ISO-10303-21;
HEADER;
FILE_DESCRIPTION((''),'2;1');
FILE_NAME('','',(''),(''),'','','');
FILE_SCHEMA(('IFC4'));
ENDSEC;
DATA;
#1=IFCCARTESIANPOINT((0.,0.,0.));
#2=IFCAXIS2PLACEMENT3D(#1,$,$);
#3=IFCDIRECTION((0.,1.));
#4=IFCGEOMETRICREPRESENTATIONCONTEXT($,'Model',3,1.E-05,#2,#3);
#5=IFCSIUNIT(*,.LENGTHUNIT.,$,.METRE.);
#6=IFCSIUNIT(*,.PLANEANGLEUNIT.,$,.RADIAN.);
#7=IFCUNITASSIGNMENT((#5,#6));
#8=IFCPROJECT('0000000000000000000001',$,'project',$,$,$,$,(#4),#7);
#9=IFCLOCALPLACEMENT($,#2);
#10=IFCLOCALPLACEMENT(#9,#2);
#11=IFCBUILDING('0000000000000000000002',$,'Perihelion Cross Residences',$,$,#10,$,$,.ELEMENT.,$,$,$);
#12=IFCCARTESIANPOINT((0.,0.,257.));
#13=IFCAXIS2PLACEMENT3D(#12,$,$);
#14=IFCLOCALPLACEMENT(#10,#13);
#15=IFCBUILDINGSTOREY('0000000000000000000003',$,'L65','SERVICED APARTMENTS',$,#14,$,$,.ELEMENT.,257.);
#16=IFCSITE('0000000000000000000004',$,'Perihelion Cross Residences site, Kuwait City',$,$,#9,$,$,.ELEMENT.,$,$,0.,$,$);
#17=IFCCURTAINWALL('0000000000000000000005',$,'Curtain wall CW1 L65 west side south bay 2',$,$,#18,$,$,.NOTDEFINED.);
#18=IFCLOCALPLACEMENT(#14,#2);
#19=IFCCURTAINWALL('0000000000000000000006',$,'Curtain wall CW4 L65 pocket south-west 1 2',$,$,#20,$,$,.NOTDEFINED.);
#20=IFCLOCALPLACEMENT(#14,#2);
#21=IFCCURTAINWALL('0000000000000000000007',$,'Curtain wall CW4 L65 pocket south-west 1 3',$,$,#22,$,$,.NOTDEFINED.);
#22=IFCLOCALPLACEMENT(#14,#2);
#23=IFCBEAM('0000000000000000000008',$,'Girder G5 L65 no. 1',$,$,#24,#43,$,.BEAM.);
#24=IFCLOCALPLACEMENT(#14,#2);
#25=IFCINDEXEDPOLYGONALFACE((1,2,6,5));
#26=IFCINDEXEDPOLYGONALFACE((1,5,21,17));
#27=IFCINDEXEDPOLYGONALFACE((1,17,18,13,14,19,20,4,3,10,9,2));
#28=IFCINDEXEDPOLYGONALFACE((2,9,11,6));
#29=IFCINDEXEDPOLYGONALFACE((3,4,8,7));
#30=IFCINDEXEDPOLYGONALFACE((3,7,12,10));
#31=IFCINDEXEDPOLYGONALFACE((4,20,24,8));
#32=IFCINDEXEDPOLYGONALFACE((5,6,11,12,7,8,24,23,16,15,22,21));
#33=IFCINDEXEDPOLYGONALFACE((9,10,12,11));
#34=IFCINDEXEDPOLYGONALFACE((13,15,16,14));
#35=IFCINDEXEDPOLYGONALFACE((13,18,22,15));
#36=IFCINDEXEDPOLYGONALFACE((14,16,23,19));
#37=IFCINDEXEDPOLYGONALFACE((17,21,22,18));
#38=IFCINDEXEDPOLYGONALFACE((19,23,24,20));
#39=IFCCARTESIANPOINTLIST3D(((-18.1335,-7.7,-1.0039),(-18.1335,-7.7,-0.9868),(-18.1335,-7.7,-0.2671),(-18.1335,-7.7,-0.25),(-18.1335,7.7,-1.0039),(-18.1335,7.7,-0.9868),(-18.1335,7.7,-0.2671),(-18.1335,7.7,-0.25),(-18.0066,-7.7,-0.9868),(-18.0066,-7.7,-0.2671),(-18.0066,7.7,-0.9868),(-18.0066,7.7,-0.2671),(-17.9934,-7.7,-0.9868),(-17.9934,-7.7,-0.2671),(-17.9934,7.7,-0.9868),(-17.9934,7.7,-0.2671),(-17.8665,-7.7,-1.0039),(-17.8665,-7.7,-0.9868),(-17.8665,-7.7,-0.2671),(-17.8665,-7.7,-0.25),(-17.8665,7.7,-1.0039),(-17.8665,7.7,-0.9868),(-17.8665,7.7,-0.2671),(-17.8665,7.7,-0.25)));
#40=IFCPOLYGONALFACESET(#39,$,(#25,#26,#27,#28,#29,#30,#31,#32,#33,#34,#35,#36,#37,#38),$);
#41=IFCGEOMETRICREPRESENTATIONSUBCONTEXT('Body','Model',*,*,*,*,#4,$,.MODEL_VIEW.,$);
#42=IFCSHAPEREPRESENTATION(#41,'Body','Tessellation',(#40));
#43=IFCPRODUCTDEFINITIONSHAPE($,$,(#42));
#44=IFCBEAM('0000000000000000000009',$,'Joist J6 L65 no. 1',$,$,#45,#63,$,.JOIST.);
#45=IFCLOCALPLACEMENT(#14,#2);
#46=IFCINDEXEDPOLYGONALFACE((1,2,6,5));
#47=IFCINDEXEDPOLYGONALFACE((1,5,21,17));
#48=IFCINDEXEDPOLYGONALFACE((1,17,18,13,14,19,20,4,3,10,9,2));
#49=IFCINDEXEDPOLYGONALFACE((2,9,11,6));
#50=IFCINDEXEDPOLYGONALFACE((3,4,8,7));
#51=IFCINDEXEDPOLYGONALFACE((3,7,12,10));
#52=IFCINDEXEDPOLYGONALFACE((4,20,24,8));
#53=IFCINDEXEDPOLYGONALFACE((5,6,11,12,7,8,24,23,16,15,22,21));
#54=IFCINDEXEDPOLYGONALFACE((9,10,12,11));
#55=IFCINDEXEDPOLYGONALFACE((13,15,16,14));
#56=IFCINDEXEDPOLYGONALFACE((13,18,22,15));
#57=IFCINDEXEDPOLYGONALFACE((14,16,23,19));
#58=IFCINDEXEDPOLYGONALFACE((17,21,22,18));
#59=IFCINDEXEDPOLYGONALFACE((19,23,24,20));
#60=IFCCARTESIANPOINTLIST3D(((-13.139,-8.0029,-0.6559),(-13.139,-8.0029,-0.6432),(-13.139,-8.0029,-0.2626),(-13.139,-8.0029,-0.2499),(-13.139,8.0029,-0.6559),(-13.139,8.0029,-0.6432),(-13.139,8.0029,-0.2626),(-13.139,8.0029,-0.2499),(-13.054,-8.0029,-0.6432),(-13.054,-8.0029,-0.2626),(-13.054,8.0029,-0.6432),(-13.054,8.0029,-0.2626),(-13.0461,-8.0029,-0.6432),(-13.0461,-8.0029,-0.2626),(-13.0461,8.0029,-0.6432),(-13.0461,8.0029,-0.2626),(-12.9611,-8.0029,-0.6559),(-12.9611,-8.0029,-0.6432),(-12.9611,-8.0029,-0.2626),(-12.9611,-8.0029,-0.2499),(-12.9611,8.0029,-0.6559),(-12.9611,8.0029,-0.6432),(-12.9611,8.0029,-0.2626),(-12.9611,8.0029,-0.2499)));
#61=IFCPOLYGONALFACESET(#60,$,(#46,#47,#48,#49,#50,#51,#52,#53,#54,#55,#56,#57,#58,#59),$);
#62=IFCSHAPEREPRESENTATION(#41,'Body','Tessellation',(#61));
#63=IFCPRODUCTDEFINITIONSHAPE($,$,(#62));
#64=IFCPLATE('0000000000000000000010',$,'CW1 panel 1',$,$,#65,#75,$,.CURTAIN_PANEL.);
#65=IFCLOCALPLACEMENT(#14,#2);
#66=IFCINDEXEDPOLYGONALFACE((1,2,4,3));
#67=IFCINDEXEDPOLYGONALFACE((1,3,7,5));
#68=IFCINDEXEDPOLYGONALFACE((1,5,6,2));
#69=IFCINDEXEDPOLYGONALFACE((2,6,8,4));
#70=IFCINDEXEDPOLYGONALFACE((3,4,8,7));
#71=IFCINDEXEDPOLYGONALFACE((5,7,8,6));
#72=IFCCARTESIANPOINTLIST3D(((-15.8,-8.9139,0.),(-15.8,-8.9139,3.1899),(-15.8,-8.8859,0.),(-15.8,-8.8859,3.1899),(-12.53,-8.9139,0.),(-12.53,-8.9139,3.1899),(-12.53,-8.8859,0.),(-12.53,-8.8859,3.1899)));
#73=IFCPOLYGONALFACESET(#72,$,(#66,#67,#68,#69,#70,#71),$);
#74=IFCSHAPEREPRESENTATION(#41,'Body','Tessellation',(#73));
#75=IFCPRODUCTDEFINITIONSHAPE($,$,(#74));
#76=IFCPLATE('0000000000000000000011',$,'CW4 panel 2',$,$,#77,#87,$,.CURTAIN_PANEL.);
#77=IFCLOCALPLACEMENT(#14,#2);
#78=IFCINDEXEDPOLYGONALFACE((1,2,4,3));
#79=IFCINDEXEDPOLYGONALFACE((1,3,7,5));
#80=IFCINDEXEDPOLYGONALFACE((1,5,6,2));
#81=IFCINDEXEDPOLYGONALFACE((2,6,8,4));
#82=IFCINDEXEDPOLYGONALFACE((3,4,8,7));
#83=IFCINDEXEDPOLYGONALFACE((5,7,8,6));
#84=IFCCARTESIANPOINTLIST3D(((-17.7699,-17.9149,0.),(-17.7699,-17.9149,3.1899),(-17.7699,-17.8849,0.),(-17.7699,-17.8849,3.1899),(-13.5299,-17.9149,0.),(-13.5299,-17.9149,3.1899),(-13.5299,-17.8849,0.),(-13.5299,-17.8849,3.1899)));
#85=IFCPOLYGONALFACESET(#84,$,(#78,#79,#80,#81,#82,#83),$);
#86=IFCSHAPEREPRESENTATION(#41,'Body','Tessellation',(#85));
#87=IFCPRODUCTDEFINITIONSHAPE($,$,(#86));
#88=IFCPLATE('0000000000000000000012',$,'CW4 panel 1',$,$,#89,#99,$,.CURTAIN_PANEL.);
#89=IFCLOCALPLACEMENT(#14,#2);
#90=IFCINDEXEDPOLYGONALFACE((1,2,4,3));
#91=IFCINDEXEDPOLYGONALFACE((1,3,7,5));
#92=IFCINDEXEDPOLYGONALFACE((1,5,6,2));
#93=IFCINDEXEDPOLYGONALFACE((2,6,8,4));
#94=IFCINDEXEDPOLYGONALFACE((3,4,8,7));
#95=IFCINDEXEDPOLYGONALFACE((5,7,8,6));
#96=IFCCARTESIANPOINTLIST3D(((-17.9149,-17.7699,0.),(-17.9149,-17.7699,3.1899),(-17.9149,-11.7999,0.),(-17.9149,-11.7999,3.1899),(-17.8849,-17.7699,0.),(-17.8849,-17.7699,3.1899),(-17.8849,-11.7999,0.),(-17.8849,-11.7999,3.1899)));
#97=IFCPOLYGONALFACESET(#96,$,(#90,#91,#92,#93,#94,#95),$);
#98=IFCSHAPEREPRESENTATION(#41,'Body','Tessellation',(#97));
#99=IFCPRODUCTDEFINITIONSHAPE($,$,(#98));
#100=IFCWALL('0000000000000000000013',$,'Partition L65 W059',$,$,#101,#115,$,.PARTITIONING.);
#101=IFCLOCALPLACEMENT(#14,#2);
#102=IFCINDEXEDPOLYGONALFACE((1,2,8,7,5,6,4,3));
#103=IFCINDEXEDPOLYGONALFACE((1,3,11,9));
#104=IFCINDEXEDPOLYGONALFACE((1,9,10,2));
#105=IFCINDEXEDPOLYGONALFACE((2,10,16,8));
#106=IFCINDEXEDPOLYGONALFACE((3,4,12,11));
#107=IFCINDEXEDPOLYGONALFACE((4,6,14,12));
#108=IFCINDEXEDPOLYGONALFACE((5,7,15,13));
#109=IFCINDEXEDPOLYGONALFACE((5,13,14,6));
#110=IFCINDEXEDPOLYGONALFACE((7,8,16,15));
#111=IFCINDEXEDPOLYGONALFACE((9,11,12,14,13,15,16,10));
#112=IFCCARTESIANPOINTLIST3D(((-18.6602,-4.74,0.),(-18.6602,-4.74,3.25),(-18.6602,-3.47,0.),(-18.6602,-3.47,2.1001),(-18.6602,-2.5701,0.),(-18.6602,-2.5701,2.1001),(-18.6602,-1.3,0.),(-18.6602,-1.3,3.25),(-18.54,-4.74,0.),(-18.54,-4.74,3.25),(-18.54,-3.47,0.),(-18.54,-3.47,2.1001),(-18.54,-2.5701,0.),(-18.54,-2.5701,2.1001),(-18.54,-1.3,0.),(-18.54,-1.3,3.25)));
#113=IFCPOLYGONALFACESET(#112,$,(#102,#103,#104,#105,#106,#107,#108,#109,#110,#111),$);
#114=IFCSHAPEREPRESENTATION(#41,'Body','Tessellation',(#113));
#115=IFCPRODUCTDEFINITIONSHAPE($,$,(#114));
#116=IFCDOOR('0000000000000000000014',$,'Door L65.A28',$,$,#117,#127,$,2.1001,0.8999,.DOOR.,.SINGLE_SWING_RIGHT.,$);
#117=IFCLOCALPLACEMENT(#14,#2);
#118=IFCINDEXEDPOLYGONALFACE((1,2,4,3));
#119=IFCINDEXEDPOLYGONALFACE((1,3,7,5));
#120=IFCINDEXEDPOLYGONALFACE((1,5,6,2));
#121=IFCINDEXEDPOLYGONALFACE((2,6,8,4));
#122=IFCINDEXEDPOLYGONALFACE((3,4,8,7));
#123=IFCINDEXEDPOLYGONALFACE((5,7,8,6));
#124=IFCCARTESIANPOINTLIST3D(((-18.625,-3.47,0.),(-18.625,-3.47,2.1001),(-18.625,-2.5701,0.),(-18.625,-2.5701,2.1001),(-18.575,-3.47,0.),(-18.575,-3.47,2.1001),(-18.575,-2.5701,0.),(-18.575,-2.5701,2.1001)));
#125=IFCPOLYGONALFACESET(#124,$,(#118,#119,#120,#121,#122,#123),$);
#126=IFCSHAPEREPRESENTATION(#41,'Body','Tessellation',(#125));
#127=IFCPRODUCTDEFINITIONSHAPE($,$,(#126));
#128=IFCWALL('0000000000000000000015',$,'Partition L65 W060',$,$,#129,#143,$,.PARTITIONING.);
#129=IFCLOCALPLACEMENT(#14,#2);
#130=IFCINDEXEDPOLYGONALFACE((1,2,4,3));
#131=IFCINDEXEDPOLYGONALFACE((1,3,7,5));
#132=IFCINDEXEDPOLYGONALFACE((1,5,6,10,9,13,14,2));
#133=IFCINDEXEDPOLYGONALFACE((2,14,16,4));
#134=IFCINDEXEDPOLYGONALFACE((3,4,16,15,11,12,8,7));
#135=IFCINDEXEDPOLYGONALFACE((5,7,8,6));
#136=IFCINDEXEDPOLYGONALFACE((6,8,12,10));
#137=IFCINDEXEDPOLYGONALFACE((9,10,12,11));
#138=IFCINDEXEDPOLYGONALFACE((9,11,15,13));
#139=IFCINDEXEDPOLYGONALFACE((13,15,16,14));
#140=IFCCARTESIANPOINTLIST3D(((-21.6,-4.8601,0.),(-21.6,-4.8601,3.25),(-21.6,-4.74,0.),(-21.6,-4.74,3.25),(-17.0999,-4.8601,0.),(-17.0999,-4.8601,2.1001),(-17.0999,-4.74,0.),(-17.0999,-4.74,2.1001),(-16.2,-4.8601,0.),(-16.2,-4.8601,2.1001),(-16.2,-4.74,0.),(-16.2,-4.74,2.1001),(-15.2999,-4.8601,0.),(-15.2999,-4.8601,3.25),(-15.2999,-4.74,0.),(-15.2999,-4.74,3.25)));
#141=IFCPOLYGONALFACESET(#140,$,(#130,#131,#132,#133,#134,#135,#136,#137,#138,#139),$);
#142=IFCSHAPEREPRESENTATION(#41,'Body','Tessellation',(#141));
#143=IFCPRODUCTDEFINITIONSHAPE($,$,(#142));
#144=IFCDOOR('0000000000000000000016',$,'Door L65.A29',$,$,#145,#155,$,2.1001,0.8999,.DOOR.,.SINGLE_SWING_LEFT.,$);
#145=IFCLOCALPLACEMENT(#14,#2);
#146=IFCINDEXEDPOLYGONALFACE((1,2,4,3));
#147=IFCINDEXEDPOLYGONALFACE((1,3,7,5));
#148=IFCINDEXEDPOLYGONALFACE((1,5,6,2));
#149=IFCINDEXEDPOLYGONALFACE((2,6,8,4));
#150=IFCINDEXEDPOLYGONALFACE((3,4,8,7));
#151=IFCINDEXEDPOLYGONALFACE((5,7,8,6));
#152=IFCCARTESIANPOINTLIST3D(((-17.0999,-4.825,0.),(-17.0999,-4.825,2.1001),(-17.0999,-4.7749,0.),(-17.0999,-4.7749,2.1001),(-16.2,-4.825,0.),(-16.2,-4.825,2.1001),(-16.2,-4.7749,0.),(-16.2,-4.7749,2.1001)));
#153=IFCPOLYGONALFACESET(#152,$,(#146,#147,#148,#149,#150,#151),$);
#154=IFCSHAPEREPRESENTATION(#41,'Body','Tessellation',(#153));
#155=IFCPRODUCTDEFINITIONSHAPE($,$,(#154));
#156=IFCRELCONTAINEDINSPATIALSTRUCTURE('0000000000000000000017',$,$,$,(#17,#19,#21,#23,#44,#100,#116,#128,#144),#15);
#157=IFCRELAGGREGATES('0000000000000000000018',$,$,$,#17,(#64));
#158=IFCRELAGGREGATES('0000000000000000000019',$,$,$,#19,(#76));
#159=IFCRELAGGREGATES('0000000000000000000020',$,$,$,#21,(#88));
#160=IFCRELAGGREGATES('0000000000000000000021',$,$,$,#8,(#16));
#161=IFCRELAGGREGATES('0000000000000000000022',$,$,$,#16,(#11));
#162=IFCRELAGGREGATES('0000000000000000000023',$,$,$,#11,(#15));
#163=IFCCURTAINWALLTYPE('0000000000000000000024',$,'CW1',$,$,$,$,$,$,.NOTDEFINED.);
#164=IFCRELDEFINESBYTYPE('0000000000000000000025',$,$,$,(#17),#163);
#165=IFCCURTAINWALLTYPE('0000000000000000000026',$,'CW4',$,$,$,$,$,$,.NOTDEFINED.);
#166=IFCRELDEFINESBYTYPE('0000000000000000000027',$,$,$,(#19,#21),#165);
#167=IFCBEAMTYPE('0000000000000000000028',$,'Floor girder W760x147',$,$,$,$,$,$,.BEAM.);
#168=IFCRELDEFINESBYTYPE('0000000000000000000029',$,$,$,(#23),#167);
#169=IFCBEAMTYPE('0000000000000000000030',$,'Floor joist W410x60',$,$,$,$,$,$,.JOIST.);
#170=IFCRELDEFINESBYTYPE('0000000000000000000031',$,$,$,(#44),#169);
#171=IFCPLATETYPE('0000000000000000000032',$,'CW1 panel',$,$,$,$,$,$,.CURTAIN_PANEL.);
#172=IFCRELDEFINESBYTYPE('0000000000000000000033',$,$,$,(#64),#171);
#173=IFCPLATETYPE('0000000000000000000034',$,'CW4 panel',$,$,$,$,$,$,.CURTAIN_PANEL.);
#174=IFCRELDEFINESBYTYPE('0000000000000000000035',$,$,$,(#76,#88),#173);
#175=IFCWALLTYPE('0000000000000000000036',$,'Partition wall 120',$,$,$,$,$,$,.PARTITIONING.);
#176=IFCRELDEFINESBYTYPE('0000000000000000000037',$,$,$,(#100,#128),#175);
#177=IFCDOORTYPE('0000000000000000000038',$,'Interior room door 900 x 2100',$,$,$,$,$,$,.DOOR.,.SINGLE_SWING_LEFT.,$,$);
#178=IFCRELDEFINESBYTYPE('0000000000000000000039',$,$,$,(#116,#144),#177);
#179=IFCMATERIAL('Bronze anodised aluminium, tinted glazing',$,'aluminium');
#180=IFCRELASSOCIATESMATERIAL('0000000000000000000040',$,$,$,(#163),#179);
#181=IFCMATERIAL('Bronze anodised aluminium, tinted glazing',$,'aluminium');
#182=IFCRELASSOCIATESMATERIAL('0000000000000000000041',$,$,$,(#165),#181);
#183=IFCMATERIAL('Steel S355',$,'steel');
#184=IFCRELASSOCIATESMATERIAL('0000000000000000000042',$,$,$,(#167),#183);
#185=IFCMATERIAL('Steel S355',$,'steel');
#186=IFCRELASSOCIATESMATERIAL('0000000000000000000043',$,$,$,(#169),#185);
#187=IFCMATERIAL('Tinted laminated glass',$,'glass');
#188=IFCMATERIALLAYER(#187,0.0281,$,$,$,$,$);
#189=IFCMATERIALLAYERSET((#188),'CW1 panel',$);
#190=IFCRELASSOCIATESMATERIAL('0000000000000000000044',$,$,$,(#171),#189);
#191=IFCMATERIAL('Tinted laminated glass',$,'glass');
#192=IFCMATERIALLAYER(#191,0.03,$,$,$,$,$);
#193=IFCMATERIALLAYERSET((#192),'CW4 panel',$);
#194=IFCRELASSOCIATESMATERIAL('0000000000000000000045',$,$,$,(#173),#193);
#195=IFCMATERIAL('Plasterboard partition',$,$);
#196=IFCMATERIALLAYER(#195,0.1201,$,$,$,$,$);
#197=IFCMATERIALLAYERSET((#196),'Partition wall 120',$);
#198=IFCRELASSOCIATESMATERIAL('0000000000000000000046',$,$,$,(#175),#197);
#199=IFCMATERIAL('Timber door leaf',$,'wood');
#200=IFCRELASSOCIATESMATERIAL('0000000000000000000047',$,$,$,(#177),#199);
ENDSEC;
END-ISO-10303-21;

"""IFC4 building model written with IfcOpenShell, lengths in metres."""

from ifc_helpers import new_model, si_unit, direction, frame, frame_2d, origin, origin_2d, place, context, subcontext, project, spatial, rectangle, i_section, extrude, material, layer, layer_set, material_profile, profile_set, type_object, element, fill, aggregate, save


model = new_model("IFC4")

# Units and contexts
model_context = context("Model", 3, precision=1e-05, world=origin(), true_north=direction((0.0, 1.0)))
body_context = subcontext(model_context, "Body", "Model", "MODEL_VIEW")
ifc_project = project(units=[si_unit("LENGTHUNIT", "METRE"), si_unit("PLANEANGLEUNIT", "RADIAN")], contexts=[model_context])

# Site, building, storey
site_placement = place(None, origin())
site = spatial("IfcSite", under=ifc_project, at=site_placement, Name="Perihelion Cross Residences site, Kuwait City", CompositionType="ELEMENT", RefElevation=0.0)
building_placement = place(site_placement, origin())
building = spatial("IfcBuilding", under=site, at=building_placement, Name="Perihelion Cross Residences", CompositionType="ELEMENT")
storey_placement = place(building_placement, frame((0.0, 0.0, 257.0)))
storey = spatial("IfcBuildingStorey", under=building, at=storey_placement, Name="L65", Description="SERVICED APARTMENTS", CompositionType="ELEMENT", Elevation=257.0)

# Curtain walls
ifc_material_1 = material(Name="Bronze anodised aluminium, tinted glazing", Category="aluminium")
curtain_wall_type_1 = type_object("IfcCurtainWallType", Name="CW1", PredefinedType="NOTDEFINED", material=ifc_material_1)
curtain_wall_1_placement = place(storey_placement, origin())
curtain_wall_1 = element("IfcCurtainWall", 1, at=curtain_wall_1_placement, inside=storey, type_object=curtain_wall_type_1, Name="Curtain wall CW1 L65 west side south bay 2", PredefinedType="NOTDEFINED")
ifc_material_2 = material(Name="Bronze anodised aluminium, tinted glazing", Category="aluminium")
curtain_wall_type_2 = type_object("IfcCurtainWallType", Name="CW4", PredefinedType="NOTDEFINED", material=ifc_material_2)
curtain_wall_2_placement = place(storey_placement, origin())
curtain_wall_2 = element("IfcCurtainWall", 2, at=curtain_wall_2_placement, inside=storey, type_object=curtain_wall_type_2, Name="Curtain wall CW4 L65 pocket south-west 1 2", PredefinedType="NOTDEFINED")
curtain_wall_3_placement = place(storey_placement, origin())
curtain_wall_3 = element("IfcCurtainWall", 3, at=curtain_wall_3_placement, inside=storey, type_object=curtain_wall_type_2, Name="Curtain wall CW4 L65 pocket south-west 1 3", PredefinedType="NOTDEFINED")

# Beams
ifc_material_3 = material(Name="Steel S355", Category="steel")
ifc_material_profile_1 = material_profile(ifc_material_3, i_section(OverallWidth=0.2671, OverallDepth=0.7539, WebThickness=0.0132, FlangeThickness=0.0171, at=origin_2d()), Name="W760x147")
ifc_profile_set_1 = profile_set([ifc_material_profile_1], Name="Steel S355")
beam_type_1 = type_object("IfcBeamType", Name="Floor girder W760x147", PredefinedType="BEAM", material=ifc_profile_set_1)
beam_1_placement = place(storey_placement, frame((-18.0, -7.7, -0.627), z_axis=(0.0, 1.0, 0.0), x_axis=(-1.0, 0.0, 0.0)))
element("IfcBeam", 4, at=beam_1_placement, inside=storey, type_object=beam_type_1, Name="Girder G5 L65 no. 1", PredefinedType="BEAM", context=body_context, shape_type="SweptSolid", body=[
    extrude(i_section(OverallWidth=0.2671, OverallDepth=0.7539, WebThickness=0.0132, FlangeThickness=0.0171, at=origin_2d()), origin(), (0.0, 0.0, 1.0), 15.3999),
])
ifc_material_4 = material(Name="Steel S355", Category="steel")
ifc_material_profile_2 = material_profile(ifc_material_4, i_section(OverallWidth=0.178, OverallDepth=0.406, WebThickness=0.0078, FlangeThickness=0.0127, at=origin_2d()), Name="W410x60")
ifc_profile_set_2 = profile_set([ifc_material_profile_2], Name="Steel S355")
beam_type_2 = type_object("IfcBeamType", Name="Floor joist W410x60", PredefinedType="JOIST", material=ifc_profile_set_2)
beam_2_placement = place(storey_placement, frame((-13.05, -8.0029, -0.4529), z_axis=(0.0, 1.0, 0.0), x_axis=(-1.0, 0.0, 0.0)))
element("IfcBeam", 5, at=beam_2_placement, inside=storey, type_object=beam_type_2, Name="Joist J6 L65 no. 1", PredefinedType="JOIST", context=body_context, shape_type="SweptSolid", body=[
    extrude(i_section(OverallWidth=0.178, OverallDepth=0.406, WebThickness=0.0078, FlangeThickness=0.0127, at=origin_2d()), origin(), (0.0, 0.0, 1.0), 16.0059),
])

# Plates
ifc_material_5 = material(Name="Tinted laminated glass", Category="glass")
ifc_layer_1 = layer(ifc_material_5, 0.0281)
ifc_layer_set_1 = layer_set([ifc_layer_1], Name="CW1 panel")
plate_type_1 = type_object("IfcPlateType", Name="CW1 panel", PredefinedType="CURTAIN_PANEL", material=ifc_layer_set_1)
plate_1_placement = place(storey_placement, frame((-14.165, -8.8999, 0.0), z_axis=(0.0, 0.0, 1.0), x_axis=(1.0, 0.0, 0.0)))
plate_1 = element("IfcPlate", 6, at=plate_1_placement, type_object=plate_type_1, Name="CW1 panel 1", PredefinedType="CURTAIN_PANEL", context=body_context, shape_type="SweptSolid", body=[
    extrude(rectangle(XDim=3.27, YDim=0.0281, at=origin_2d()), origin(), (0.0, 0.0, 1.0), 3.1899),
])
aggregate(curtain_wall_1, [plate_1])
ifc_material_6 = material(Name="Tinted laminated glass", Category="glass")
ifc_layer_2 = layer(ifc_material_6, 0.03)
ifc_layer_set_2 = layer_set([ifc_layer_2], Name="CW4 panel")
plate_type_2 = type_object("IfcPlateType", Name="CW4 panel", PredefinedType="CURTAIN_PANEL", material=ifc_layer_set_2)
plate_2_placement = place(storey_placement, frame((-15.6499, -17.8999, 0.0), z_axis=(0.0, 0.0, 1.0), x_axis=(-1.0, 0.0, 0.0)))
plate_2 = element("IfcPlate", 7, at=plate_2_placement, type_object=plate_type_2, Name="CW4 panel 2", PredefinedType="CURTAIN_PANEL", context=body_context, shape_type="SweptSolid", body=[
    extrude(rectangle(XDim=4.24, YDim=0.03, at=origin_2d()), origin(), (0.0, 0.0, 1.0), 3.1899),
])
aggregate(curtain_wall_2, [plate_2])
plate_3_placement = place(storey_placement, frame((-17.8999, -14.7849, 0.0), z_axis=(0.0, 0.0, 1.0), x_axis=(0.0, 1.0, 0.0)))
plate_3 = element("IfcPlate", 8, at=plate_3_placement, type_object=plate_type_2, Name="CW4 panel 1", PredefinedType="CURTAIN_PANEL", context=body_context, shape_type="SweptSolid", body=[
    extrude(rectangle(XDim=5.97, YDim=0.03, at=origin_2d()), origin(), (0.0, 0.0, 1.0), 3.1899),
])
aggregate(curtain_wall_3, [plate_3])

# Walls, openings, doors
ifc_material_7 = material(Name="Plasterboard partition")
ifc_layer_3 = layer(ifc_material_7, 0.1201)
ifc_layer_set_3 = layer_set([ifc_layer_3], Name="Partition wall 120")
wall_type_1 = type_object("IfcWallType", Name="Partition wall 120", PredefinedType="PARTITIONING", material=ifc_layer_set_3)
wall_1_placement = place(storey_placement, frame((-18.6001, -4.74, 0.0), z_axis=(0.0, 0.0, 1.0), x_axis=(0.0, 1.0, 0.0)))
wall_1 = element("IfcWall", 9, at=wall_1_placement, inside=storey, type_object=wall_type_1, Name="Partition L65 W059", PredefinedType="PARTITIONING", context=body_context, shape_type="SweptSolid", body=[
    extrude(rectangle(XDim=3.4399, YDim=0.1201, at=frame_2d((1.72, 0.0))), origin(), (0.0, 0.0, 1.0), 3.25),
])
opening_1_placement = place(wall_1_placement, frame((1.27, 0.0, 0.0)))
opening_1 = element("IfcOpeningElement", 10, at=opening_1_placement, cuts=wall_1, PredefinedType="OPENING", context=body_context, shape_type="SweptSolid", body=[
    extrude(rectangle(XDim=0.8999, YDim=2.1001, at=frame_2d((0.45, 1.05))), frame((0.0, 0.0701, 0.0), z_axis=(0.0, -1.0, 0.0), x_axis=(1.0, 0.0, 0.0)), (0.0, 0.0, 1.0), 0.1401),
])
ifc_material_8 = material(Name="Timber door leaf", Category="wood")
door_type_1 = type_object("IfcDoorType", Name="Interior room door 900 x 2100", OperationType="SINGLE_SWING_LEFT", PredefinedType="DOOR", material=ifc_material_8)
door_1_placement = place(opening_1_placement, origin())
door_1 = element("IfcDoor", 11, at=door_1_placement, inside=storey, type_object=door_type_1, Name="Door L65.A28", OperationType="SINGLE_SWING_RIGHT", OverallHeight=2.1001, OverallWidth=0.8999, PredefinedType="DOOR", context=body_context, shape_type="SweptSolid", body=[
    extrude(rectangle(XDim=0.8999, YDim=2.1001, at=frame_2d((0.45, 1.05))), frame((0.0, 0.0249, 0.0), z_axis=(0.0, -1.0, 0.0), x_axis=(1.0, 0.0, 0.0)), (0.0, 0.0, 1.0), 0.05),
])
fill(opening_1, door_1)
wall_2_placement = place(storey_placement, frame((-15.3, -4.8, 0.0), z_axis=(0.0, 0.0, 1.0), x_axis=(-1.0, 0.0, 0.0)))
wall_2 = element("IfcWall", 12, at=wall_2_placement, inside=storey, type_object=wall_type_1, Name="Partition L65 W060", PredefinedType="PARTITIONING", context=body_context, shape_type="SweptSolid", body=[
    extrude(rectangle(XDim=6.3, YDim=0.1201, at=frame_2d((3.1499, 0.0))), origin(), (0.0, 0.0, 1.0), 3.25),
])
opening_2_placement = place(wall_2_placement, frame((0.8999, 0.0, 0.0)))
opening_2 = element("IfcOpeningElement", 13, at=opening_2_placement, cuts=wall_2, PredefinedType="OPENING", context=body_context, shape_type="SweptSolid", body=[
    extrude(rectangle(XDim=0.8999, YDim=2.1001, at=frame_2d((0.45, 1.05))), frame((0.0, 0.0701, 0.0), z_axis=(0.0, -1.0, 0.0), x_axis=(1.0, 0.0, 0.0)), (0.0, 0.0, 1.0), 0.1401),
])
door_2_placement = place(opening_2_placement, origin())
door_2 = element("IfcDoor", 14, at=door_2_placement, inside=storey, type_object=door_type_1, Name="Door L65.A29", OperationType="SINGLE_SWING_LEFT", OverallHeight=2.1001, OverallWidth=0.8999, PredefinedType="DOOR", context=body_context, shape_type="SweptSolid", body=[
    extrude(rectangle(XDim=0.8999, YDim=2.1001, at=frame_2d((0.45, 1.05))), frame((0.0, 0.0249, 0.0), z_axis=(0.0, -1.0, 0.0), x_axis=(1.0, 0.0, 0.0)), (0.0, 0.0, 1.0), 0.05),
])
fill(opening_2, door_2)

save(model, "model.ifc")
